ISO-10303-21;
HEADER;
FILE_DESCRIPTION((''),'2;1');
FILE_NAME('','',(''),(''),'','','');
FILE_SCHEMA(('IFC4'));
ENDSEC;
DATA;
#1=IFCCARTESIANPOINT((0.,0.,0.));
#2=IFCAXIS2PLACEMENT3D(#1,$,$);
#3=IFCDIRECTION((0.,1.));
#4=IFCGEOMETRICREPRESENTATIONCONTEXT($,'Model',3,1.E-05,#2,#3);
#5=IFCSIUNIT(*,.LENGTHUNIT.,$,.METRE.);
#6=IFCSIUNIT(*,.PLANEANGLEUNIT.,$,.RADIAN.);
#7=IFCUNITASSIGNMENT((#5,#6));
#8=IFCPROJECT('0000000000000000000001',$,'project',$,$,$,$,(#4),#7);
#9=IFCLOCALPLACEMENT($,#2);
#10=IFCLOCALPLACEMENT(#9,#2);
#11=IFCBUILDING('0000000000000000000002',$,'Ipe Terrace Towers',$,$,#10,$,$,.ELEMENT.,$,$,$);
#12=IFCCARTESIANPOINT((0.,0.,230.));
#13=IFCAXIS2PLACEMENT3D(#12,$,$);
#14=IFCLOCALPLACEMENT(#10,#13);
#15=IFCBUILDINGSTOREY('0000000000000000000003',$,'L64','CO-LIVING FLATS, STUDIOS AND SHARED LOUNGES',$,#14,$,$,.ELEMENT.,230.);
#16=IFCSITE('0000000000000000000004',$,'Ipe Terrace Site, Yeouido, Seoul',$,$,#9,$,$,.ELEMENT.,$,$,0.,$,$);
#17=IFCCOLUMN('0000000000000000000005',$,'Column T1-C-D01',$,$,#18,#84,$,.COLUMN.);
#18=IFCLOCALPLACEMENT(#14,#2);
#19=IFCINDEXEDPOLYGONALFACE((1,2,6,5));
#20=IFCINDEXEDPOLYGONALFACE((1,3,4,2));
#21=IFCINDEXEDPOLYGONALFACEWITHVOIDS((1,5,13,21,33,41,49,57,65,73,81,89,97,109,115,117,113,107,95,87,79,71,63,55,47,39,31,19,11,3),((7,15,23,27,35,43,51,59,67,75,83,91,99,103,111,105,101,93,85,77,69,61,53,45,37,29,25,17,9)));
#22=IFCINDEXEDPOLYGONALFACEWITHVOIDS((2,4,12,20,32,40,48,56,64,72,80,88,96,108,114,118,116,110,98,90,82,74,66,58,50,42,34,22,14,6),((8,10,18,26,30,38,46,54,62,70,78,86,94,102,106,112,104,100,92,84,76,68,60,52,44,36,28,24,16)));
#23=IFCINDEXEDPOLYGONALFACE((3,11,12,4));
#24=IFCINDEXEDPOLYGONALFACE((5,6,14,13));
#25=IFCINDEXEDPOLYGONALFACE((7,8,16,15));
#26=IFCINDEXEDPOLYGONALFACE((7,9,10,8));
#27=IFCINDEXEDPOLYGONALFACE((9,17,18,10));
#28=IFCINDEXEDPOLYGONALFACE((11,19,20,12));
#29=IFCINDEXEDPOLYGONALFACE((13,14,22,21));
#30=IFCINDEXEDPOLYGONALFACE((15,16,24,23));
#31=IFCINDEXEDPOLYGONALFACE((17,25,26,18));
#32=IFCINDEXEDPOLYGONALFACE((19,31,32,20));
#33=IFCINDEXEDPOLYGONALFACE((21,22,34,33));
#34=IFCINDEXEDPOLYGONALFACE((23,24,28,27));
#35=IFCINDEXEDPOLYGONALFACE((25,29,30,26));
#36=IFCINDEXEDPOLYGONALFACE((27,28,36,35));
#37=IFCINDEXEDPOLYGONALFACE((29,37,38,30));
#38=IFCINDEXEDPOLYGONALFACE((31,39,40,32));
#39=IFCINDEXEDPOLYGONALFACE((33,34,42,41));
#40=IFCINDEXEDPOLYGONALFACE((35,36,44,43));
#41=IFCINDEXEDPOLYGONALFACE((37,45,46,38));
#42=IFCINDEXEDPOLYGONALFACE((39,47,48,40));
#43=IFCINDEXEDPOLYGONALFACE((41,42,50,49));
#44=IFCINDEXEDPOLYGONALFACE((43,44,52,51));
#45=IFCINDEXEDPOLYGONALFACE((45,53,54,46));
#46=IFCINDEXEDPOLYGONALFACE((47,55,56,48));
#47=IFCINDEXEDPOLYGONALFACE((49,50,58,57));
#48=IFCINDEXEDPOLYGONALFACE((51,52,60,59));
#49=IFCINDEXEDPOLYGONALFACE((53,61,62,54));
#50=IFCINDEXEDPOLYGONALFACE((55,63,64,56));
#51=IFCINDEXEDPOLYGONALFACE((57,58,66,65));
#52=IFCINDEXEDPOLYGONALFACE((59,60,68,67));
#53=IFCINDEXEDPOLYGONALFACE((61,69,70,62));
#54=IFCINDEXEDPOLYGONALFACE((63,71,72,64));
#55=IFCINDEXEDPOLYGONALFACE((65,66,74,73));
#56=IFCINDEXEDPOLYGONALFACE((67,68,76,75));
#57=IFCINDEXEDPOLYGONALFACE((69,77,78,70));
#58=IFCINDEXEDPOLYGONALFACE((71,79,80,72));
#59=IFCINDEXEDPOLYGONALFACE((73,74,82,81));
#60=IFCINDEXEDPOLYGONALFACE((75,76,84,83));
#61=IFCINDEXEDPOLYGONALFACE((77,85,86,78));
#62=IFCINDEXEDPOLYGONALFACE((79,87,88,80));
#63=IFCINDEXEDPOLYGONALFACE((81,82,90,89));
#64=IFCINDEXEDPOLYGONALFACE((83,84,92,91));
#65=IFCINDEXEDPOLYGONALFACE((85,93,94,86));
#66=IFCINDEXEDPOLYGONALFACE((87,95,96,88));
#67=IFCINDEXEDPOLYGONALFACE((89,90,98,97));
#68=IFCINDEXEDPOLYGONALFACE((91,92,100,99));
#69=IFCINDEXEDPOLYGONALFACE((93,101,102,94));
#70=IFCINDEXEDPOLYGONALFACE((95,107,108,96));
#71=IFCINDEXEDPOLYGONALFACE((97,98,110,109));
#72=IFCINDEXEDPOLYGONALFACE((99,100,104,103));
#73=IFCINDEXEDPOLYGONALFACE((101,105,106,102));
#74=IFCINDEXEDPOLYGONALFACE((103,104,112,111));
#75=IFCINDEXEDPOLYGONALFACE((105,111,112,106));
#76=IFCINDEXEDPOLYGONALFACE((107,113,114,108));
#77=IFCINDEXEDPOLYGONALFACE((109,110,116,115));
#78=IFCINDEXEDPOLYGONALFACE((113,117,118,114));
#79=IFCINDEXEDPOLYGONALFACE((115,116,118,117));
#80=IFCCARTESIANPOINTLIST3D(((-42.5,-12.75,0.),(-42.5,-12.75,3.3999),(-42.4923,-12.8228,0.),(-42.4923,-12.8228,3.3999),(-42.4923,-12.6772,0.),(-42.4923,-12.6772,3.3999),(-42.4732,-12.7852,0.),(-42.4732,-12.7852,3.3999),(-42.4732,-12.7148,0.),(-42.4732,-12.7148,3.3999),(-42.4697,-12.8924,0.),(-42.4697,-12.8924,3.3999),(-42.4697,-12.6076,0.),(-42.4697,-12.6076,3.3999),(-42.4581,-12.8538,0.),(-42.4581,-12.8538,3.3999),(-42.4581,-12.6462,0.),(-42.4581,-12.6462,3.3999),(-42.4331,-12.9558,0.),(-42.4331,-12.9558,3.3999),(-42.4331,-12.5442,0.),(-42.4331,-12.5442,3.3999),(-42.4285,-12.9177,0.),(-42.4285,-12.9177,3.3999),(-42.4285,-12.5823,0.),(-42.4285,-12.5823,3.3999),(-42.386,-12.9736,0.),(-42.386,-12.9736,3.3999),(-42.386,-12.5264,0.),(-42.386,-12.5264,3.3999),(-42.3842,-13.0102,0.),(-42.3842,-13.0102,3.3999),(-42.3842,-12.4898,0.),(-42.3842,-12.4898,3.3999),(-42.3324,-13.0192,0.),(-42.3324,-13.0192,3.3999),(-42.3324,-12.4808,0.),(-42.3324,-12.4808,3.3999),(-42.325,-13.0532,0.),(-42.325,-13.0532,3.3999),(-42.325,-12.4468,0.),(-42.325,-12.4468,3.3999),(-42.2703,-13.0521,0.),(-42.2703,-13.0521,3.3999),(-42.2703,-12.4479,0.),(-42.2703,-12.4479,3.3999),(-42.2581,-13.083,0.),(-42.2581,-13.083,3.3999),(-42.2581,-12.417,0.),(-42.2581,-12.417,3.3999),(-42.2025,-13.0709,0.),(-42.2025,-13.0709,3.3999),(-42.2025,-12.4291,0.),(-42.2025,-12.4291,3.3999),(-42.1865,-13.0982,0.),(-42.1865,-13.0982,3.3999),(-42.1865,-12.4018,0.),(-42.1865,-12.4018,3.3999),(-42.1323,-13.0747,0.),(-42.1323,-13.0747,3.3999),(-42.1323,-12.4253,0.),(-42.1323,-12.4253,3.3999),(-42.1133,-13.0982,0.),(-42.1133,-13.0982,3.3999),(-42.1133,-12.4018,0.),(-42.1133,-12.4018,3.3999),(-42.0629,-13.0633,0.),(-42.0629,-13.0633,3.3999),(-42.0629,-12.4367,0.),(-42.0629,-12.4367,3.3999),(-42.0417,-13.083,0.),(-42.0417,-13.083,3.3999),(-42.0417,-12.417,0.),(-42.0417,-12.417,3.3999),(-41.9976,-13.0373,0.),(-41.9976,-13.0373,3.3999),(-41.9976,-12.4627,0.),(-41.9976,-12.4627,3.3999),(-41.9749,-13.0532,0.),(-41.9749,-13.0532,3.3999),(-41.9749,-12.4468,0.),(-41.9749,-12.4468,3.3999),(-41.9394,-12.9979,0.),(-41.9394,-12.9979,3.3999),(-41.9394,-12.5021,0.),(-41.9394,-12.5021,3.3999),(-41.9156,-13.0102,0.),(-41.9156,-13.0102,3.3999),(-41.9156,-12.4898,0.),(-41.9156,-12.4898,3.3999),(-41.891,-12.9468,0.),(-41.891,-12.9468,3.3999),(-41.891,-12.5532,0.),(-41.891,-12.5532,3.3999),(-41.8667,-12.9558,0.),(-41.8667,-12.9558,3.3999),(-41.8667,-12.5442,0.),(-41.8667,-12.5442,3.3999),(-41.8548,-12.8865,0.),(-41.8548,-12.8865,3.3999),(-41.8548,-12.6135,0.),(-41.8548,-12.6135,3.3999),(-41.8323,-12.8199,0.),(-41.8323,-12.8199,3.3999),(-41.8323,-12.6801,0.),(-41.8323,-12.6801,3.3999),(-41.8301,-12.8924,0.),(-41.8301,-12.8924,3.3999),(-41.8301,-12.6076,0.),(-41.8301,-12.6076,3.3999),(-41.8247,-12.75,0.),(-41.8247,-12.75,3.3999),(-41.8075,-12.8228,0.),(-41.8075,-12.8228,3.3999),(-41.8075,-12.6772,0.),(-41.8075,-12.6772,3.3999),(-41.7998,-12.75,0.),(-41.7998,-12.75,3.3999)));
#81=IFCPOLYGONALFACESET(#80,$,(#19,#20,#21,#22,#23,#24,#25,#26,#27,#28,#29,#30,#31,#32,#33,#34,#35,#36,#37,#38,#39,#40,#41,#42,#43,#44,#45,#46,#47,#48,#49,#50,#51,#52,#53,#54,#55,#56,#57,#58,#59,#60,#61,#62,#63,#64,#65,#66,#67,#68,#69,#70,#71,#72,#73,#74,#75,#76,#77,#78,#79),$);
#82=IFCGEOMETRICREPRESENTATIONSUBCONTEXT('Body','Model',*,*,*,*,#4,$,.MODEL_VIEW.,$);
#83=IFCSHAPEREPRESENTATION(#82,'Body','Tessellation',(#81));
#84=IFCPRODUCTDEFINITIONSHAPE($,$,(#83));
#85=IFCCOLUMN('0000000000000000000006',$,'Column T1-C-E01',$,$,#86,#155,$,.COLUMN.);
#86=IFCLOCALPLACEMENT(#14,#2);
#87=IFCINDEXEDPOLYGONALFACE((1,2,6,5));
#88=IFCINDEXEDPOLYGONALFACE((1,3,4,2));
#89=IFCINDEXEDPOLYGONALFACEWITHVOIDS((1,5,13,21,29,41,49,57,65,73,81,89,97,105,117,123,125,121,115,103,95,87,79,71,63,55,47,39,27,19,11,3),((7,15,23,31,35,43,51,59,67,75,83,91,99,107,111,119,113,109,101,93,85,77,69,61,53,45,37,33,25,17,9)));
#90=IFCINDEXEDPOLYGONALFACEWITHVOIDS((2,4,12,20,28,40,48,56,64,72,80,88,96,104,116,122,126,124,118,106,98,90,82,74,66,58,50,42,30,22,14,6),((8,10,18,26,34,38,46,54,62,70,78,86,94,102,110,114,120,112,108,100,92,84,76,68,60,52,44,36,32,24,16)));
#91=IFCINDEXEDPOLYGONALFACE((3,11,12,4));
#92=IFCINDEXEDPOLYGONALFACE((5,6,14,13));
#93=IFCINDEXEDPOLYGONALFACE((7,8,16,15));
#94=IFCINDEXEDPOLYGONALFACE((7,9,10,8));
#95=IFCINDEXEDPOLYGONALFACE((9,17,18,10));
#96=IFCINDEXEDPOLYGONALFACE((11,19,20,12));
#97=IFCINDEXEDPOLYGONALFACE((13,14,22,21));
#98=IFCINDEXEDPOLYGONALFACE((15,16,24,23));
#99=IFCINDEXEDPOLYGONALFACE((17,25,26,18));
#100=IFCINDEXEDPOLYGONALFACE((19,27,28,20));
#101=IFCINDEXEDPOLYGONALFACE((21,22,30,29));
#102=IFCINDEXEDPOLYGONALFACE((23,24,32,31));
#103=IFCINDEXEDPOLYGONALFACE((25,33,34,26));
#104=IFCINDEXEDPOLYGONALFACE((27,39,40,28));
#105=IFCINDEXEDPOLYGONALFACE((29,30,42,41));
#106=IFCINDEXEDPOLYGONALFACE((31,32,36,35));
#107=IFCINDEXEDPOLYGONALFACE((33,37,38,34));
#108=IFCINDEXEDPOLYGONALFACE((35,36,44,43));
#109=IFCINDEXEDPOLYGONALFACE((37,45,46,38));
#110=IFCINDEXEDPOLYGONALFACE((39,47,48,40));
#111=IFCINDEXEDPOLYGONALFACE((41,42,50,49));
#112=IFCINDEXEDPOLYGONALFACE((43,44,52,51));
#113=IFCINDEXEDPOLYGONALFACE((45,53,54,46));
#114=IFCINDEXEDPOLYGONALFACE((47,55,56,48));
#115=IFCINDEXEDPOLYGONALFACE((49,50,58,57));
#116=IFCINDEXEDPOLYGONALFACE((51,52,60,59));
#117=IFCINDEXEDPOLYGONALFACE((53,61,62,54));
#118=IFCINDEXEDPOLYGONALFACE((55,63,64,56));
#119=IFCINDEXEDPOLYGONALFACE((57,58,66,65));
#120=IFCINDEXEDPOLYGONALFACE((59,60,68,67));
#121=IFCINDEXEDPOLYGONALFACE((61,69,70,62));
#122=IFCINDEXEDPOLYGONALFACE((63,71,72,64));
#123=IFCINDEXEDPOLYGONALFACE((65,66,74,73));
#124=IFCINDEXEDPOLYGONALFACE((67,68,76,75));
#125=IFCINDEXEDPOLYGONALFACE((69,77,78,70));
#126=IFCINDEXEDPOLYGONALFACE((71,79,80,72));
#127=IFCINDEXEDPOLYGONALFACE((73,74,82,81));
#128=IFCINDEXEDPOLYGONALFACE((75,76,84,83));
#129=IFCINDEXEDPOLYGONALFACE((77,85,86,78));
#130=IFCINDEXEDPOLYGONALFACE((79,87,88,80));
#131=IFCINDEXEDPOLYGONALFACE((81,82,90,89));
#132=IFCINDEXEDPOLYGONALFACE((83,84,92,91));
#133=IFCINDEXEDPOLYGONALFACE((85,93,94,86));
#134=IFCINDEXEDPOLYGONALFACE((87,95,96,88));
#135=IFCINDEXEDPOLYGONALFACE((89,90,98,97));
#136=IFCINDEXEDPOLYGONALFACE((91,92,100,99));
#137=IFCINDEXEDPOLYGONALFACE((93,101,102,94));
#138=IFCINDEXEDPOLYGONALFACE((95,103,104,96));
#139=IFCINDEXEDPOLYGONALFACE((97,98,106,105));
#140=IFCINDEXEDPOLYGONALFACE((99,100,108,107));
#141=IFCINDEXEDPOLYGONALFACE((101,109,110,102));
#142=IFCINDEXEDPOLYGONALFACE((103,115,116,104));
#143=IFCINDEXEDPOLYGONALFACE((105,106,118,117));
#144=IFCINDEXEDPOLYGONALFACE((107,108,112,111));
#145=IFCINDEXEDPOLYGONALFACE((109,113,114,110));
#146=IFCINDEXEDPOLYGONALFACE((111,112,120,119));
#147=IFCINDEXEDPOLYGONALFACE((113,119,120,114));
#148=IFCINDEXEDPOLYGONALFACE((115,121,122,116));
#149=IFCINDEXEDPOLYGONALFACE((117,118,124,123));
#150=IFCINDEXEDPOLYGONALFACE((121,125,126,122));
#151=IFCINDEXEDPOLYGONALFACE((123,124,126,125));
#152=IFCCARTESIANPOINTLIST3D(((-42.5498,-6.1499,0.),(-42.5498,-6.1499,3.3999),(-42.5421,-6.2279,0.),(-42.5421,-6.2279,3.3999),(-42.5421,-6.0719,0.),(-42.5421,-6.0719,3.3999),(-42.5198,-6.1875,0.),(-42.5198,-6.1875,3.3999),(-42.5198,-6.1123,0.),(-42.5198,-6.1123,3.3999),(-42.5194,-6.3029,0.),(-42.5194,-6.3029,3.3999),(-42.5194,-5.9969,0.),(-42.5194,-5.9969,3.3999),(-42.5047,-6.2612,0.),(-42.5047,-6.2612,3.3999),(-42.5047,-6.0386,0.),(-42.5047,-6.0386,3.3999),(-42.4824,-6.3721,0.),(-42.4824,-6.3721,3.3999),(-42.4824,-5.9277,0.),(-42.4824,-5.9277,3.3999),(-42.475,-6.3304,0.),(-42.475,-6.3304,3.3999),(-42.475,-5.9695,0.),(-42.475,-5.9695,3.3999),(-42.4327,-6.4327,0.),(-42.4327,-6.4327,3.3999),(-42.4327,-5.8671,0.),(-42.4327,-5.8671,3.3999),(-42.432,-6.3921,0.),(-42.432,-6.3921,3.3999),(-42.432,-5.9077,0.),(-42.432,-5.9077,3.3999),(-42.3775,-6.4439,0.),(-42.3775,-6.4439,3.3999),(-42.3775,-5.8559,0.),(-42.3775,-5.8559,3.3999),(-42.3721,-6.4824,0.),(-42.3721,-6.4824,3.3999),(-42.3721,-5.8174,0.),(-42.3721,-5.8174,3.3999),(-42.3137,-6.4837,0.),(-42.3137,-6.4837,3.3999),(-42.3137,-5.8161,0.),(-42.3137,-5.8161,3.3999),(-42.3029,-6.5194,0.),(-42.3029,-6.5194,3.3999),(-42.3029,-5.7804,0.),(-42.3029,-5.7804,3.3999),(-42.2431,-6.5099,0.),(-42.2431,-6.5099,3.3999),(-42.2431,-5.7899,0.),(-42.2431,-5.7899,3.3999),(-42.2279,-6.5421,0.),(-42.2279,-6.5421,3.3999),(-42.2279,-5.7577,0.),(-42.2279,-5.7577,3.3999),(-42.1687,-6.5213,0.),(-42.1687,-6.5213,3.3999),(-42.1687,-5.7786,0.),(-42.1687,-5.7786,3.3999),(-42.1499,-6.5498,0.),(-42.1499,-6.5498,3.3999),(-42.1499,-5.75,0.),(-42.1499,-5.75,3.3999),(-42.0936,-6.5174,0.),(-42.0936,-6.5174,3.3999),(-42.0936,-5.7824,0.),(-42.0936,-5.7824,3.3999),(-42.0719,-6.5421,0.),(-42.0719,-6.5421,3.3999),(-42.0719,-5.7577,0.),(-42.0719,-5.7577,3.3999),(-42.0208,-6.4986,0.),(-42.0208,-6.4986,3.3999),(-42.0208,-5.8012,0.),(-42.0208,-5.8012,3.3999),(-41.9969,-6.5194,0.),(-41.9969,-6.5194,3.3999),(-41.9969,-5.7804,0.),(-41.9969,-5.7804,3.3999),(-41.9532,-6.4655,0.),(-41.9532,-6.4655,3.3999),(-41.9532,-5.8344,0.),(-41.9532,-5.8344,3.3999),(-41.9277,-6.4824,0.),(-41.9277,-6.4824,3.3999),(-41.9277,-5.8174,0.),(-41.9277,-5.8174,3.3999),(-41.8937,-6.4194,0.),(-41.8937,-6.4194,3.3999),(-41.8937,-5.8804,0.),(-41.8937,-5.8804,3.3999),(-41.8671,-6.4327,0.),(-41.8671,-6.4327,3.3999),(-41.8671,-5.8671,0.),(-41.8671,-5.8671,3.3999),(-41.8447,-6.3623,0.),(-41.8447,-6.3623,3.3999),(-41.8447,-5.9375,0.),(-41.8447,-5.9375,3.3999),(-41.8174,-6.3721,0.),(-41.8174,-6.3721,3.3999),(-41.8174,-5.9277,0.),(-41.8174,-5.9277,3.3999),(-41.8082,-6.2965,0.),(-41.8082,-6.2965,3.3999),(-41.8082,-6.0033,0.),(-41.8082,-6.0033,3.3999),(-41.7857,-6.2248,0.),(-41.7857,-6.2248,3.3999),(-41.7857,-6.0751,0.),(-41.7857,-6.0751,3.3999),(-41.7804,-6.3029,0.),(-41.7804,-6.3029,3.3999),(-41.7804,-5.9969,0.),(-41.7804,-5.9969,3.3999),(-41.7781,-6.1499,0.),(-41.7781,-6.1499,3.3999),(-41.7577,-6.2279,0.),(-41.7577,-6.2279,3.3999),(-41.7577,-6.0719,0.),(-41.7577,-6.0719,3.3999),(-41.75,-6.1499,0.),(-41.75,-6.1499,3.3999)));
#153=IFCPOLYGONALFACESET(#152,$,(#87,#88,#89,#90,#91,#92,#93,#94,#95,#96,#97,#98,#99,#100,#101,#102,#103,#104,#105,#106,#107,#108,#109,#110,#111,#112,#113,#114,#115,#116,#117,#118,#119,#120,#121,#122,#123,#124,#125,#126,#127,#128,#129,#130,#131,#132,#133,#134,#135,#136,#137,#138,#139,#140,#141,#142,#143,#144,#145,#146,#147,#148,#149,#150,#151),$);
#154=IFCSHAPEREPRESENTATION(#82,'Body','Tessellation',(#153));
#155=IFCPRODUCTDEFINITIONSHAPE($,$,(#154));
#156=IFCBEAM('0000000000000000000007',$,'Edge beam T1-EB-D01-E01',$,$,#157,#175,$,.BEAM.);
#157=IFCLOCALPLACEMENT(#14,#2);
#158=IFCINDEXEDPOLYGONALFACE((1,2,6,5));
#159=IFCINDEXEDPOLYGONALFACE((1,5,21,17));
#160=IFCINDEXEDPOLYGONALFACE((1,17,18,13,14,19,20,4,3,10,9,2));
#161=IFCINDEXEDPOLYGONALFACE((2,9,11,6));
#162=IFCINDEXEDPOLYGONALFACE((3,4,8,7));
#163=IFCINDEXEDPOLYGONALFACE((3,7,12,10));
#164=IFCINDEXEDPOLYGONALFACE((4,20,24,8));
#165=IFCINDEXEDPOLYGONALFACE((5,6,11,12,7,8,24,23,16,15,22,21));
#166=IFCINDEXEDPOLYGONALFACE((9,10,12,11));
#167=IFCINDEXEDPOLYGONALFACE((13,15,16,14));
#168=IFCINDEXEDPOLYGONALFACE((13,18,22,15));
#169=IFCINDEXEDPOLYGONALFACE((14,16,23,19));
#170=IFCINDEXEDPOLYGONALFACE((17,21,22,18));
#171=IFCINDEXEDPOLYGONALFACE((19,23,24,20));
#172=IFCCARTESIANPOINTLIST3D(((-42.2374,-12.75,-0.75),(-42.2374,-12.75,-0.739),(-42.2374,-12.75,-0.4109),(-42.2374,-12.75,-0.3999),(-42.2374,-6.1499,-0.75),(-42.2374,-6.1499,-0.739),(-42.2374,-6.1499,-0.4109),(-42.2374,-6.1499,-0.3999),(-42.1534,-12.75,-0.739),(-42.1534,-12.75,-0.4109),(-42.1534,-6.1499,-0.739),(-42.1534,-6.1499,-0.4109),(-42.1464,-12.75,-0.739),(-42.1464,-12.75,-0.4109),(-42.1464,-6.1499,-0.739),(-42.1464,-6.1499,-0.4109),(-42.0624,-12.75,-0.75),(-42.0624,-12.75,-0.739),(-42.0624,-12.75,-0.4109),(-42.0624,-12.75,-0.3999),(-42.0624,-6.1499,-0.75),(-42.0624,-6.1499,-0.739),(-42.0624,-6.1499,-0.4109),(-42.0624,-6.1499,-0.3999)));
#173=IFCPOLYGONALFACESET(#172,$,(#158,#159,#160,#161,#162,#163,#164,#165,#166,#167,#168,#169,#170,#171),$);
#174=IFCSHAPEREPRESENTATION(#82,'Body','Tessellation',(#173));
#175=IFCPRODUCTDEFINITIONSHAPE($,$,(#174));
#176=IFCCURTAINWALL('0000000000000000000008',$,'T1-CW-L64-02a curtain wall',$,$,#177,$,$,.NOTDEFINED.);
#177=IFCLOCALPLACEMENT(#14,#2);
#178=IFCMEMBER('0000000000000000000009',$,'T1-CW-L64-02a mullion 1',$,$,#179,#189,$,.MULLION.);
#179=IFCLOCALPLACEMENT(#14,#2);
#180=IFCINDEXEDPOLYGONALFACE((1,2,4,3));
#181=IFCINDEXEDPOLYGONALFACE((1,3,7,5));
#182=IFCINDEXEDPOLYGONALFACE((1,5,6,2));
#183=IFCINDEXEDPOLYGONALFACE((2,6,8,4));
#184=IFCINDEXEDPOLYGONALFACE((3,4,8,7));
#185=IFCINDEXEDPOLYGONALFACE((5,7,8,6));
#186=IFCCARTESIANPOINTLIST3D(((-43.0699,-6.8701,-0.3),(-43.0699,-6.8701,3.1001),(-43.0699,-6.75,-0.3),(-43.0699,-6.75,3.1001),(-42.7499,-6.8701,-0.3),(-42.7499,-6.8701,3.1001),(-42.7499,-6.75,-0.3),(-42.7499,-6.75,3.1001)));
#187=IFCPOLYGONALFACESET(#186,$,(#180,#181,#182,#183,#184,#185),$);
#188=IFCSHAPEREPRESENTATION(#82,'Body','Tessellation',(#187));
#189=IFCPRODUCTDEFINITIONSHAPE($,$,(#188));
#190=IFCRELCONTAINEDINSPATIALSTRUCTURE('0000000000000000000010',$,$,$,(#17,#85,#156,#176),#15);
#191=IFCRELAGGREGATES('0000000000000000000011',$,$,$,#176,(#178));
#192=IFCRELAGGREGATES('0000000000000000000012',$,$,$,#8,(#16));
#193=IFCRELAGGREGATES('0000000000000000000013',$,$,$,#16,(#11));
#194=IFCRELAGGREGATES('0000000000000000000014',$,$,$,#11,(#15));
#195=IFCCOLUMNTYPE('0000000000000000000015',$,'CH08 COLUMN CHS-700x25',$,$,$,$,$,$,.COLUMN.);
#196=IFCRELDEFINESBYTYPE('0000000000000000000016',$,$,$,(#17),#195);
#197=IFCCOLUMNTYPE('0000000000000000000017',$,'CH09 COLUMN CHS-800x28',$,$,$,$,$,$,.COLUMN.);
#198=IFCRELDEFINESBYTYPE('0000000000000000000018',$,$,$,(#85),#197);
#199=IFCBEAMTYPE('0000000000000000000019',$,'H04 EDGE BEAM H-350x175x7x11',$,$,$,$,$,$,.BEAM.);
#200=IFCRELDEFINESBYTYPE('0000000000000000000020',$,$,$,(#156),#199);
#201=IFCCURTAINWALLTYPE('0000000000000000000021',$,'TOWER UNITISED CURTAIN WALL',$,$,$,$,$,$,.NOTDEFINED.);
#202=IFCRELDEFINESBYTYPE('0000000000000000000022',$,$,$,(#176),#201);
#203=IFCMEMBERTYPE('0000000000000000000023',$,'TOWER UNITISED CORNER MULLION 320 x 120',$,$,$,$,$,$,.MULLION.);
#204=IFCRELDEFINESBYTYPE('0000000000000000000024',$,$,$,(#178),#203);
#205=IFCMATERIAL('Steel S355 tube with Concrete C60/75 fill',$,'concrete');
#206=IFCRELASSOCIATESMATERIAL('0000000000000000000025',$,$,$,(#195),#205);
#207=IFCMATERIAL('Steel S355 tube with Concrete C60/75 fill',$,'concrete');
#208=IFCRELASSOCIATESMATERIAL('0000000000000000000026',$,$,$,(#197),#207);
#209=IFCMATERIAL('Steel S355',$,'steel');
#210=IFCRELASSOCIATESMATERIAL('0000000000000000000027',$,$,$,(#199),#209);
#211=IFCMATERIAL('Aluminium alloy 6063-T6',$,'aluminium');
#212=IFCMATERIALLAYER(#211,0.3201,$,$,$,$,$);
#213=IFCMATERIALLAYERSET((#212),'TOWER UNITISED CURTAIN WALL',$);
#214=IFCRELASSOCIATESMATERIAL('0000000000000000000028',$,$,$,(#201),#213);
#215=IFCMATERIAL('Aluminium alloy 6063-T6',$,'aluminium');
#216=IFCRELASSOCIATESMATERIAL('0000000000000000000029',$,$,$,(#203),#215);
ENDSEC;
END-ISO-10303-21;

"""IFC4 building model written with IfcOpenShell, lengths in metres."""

from ifc_helpers import new_model, si_unit, direction, frame, origin, origin_2d, place, context, subcontext, project, spatial, rectangle, hollow_circle, i_section, extrude, material, layer, layer_set, material_profile, profile_set, type_object, element, aggregate, save


model = new_model("IFC4")

# Units and contexts
model_context = context("Model", 3, precision=1e-05, world=origin(), true_north=direction((0.0, 1.0)))
body_context = subcontext(model_context, "Body", "Model", "MODEL_VIEW")
ifc_project = project(units=[si_unit("LENGTHUNIT", "METRE"), si_unit("PLANEANGLEUNIT", "RADIAN")], contexts=[model_context])

# Site, building, storey
site_placement = place(None, origin())
site = spatial("IfcSite", under=ifc_project, at=site_placement, Name="Ipe Terrace Site, Yeouido, Seoul", CompositionType="ELEMENT", RefElevation=0.0)
building_placement = place(site_placement, origin())
building = spatial("IfcBuilding", under=site, at=building_placement, Name="Ipe Terrace Towers", CompositionType="ELEMENT")
storey_placement = place(building_placement, frame((0.0, 0.0, 230.0)))
storey = spatial("IfcBuildingStorey", under=building, at=storey_placement, Name="L64", Description="CO-LIVING FLATS, STUDIOS AND SHARED LOUNGES", CompositionType="ELEMENT", Elevation=230.0)

# Columns
ifc_material_1 = material(Name="Steel S355 tube with Concrete C60/75 fill", Category="concrete")
ifc_material_profile_1 = material_profile(ifc_material_1, hollow_circle(Radius=0.3501, WallThickness=0.0249, at=origin_2d()), Name="CHS-700x25")
ifc_profile_set_1 = profile_set([ifc_material_profile_1], Name="Steel S355 tube with Concrete C60/75 fill")
column_type_1 = type_object("IfcColumnType", Name="CH08 COLUMN CHS-700x25", PredefinedType="COLUMN", material=ifc_profile_set_1)
column_1_placement = place(storey_placement, frame((-42.1499, -12.75, 0.0), z_axis=(0.0, 0.0, 1.0), x_axis=(1.0, 0.0, 0.0)))
element("IfcColumn", 1, at=column_1_placement, inside=storey, type_object=column_type_1, Name="Column T1-C-D01", PredefinedType="COLUMN", context=body_context, shape_type="SweptSolid", body=[
    extrude(hollow_circle(Radius=0.3501, WallThickness=0.0249, at=origin_2d()), origin(), (0.0, 0.0, 1.0), 3.3999),
])
ifc_material_2 = material(Name="Steel S355 tube with Concrete C60/75 fill", Category="concrete")
ifc_material_profile_2 = material_profile(ifc_material_2, hollow_circle(Radius=0.3999, WallThickness=0.0281, at=origin_2d()), Name="CHS-800x28")
ifc_profile_set_2 = profile_set([ifc_material_profile_2], Name="Steel S355 tube with Concrete C60/75 fill")
column_type_2 = type_object("IfcColumnType", Name="CH09 COLUMN CHS-800x28", PredefinedType="COLUMN", material=ifc_profile_set_2)
column_2_placement = place(storey_placement, frame((-42.1499, -6.1499, 0.0), z_axis=(0.0, 0.0, 1.0), x_axis=(1.0, 0.0, 0.0)))
element("IfcColumn", 2, at=column_2_placement, inside=storey, type_object=column_type_2, Name="Column T1-C-E01", PredefinedType="COLUMN", context=body_context, shape_type="SweptSolid", body=[
    extrude(hollow_circle(Radius=0.3999, WallThickness=0.0281, at=origin_2d()), origin(), (0.0, 0.0, 1.0), 3.3999),
])

# Beam
ifc_material_3 = material(Name="Steel S355", Category="steel")
ifc_material_profile_3 = material_profile(ifc_material_3, i_section(OverallWidth=0.175, OverallDepth=0.3501, WebThickness=0.0071, FlangeThickness=0.011, at=origin_2d()), Name="H-350x175x7x11")
ifc_profile_set_3 = profile_set([ifc_material_profile_3], Name="Steel S355")
beam_type = type_object("IfcBeamType", Name="H04 EDGE BEAM H-350x175x7x11", PredefinedType="BEAM", material=ifc_profile_set_3)
beam_placement = place(storey_placement, frame((-42.1499, -12.75, -0.575), z_axis=(0.0, 1.0, 0.0), x_axis=(-1.0, 0.0, 0.0)))
element("IfcBeam", 3, at=beam_placement, inside=storey, type_object=beam_type, Name="Edge beam T1-EB-D01-E01", PredefinedType="BEAM", context=body_context, shape_type="SweptSolid", body=[
    extrude(i_section(OverallWidth=0.175, OverallDepth=0.3501, WebThickness=0.0071, FlangeThickness=0.011, at=origin_2d()), origin(), (0.0, 0.0, 1.0), 6.6001),
])

# Curtain wall, member
ifc_material_4 = material(Name="Aluminium alloy 6063-T6", Category="aluminium")
ifc_layer_1 = layer(ifc_material_4, 0.3201)
ifc_layer_set_1 = layer_set([ifc_layer_1], Name="TOWER UNITISED CURTAIN WALL")
curtain_wall_type = type_object("IfcCurtainWallType", Name="TOWER UNITISED CURTAIN WALL", PredefinedType="NOTDEFINED", material=ifc_layer_set_1)
curtain_wall_placement = place(storey_placement, origin())
curtain_wall = element("IfcCurtainWall", 4, at=curtain_wall_placement, inside=storey, type_object=curtain_wall_type, Name="T1-CW-L64-02a curtain wall", PredefinedType="NOTDEFINED")
ifc_material_5 = material(Name="Aluminium alloy 6063-T6", Category="aluminium")
ifc_material_profile_4 = material_profile(ifc_material_5, rectangle(XDim=0.3201, YDim=0.1201, at=origin_2d()), Name="TOWER UNITISED CORNER MULLION 320 x 120")
ifc_profile_set_4 = profile_set([ifc_material_profile_4], Name="Aluminium alloy 6063-T6")
member_type = type_object("IfcMemberType", Name="TOWER UNITISED CORNER MULLION 320 x 120", PredefinedType="MULLION", material=ifc_profile_set_4)
member_1_placement = place(storey_placement, frame((-42.9099, -6.8101, -0.3), z_axis=(0.0, 0.0, 1.0), x_axis=(-1.0, 0.0, 0.0)))
member_1 = element("IfcMember", 5, at=member_1_placement, type_object=member_type, Name="T1-CW-L64-02a mullion 1", PredefinedType="MULLION", context=body_context, shape_type="SweptSolid", body=[
    extrude(rectangle(XDim=0.3201, YDim=0.1201, at=origin_2d()), origin(), (0.0, 0.0, 1.0), 3.4001),
])
aggregate(curtain_wall, [member_1])

save(model, "model.ifc")
